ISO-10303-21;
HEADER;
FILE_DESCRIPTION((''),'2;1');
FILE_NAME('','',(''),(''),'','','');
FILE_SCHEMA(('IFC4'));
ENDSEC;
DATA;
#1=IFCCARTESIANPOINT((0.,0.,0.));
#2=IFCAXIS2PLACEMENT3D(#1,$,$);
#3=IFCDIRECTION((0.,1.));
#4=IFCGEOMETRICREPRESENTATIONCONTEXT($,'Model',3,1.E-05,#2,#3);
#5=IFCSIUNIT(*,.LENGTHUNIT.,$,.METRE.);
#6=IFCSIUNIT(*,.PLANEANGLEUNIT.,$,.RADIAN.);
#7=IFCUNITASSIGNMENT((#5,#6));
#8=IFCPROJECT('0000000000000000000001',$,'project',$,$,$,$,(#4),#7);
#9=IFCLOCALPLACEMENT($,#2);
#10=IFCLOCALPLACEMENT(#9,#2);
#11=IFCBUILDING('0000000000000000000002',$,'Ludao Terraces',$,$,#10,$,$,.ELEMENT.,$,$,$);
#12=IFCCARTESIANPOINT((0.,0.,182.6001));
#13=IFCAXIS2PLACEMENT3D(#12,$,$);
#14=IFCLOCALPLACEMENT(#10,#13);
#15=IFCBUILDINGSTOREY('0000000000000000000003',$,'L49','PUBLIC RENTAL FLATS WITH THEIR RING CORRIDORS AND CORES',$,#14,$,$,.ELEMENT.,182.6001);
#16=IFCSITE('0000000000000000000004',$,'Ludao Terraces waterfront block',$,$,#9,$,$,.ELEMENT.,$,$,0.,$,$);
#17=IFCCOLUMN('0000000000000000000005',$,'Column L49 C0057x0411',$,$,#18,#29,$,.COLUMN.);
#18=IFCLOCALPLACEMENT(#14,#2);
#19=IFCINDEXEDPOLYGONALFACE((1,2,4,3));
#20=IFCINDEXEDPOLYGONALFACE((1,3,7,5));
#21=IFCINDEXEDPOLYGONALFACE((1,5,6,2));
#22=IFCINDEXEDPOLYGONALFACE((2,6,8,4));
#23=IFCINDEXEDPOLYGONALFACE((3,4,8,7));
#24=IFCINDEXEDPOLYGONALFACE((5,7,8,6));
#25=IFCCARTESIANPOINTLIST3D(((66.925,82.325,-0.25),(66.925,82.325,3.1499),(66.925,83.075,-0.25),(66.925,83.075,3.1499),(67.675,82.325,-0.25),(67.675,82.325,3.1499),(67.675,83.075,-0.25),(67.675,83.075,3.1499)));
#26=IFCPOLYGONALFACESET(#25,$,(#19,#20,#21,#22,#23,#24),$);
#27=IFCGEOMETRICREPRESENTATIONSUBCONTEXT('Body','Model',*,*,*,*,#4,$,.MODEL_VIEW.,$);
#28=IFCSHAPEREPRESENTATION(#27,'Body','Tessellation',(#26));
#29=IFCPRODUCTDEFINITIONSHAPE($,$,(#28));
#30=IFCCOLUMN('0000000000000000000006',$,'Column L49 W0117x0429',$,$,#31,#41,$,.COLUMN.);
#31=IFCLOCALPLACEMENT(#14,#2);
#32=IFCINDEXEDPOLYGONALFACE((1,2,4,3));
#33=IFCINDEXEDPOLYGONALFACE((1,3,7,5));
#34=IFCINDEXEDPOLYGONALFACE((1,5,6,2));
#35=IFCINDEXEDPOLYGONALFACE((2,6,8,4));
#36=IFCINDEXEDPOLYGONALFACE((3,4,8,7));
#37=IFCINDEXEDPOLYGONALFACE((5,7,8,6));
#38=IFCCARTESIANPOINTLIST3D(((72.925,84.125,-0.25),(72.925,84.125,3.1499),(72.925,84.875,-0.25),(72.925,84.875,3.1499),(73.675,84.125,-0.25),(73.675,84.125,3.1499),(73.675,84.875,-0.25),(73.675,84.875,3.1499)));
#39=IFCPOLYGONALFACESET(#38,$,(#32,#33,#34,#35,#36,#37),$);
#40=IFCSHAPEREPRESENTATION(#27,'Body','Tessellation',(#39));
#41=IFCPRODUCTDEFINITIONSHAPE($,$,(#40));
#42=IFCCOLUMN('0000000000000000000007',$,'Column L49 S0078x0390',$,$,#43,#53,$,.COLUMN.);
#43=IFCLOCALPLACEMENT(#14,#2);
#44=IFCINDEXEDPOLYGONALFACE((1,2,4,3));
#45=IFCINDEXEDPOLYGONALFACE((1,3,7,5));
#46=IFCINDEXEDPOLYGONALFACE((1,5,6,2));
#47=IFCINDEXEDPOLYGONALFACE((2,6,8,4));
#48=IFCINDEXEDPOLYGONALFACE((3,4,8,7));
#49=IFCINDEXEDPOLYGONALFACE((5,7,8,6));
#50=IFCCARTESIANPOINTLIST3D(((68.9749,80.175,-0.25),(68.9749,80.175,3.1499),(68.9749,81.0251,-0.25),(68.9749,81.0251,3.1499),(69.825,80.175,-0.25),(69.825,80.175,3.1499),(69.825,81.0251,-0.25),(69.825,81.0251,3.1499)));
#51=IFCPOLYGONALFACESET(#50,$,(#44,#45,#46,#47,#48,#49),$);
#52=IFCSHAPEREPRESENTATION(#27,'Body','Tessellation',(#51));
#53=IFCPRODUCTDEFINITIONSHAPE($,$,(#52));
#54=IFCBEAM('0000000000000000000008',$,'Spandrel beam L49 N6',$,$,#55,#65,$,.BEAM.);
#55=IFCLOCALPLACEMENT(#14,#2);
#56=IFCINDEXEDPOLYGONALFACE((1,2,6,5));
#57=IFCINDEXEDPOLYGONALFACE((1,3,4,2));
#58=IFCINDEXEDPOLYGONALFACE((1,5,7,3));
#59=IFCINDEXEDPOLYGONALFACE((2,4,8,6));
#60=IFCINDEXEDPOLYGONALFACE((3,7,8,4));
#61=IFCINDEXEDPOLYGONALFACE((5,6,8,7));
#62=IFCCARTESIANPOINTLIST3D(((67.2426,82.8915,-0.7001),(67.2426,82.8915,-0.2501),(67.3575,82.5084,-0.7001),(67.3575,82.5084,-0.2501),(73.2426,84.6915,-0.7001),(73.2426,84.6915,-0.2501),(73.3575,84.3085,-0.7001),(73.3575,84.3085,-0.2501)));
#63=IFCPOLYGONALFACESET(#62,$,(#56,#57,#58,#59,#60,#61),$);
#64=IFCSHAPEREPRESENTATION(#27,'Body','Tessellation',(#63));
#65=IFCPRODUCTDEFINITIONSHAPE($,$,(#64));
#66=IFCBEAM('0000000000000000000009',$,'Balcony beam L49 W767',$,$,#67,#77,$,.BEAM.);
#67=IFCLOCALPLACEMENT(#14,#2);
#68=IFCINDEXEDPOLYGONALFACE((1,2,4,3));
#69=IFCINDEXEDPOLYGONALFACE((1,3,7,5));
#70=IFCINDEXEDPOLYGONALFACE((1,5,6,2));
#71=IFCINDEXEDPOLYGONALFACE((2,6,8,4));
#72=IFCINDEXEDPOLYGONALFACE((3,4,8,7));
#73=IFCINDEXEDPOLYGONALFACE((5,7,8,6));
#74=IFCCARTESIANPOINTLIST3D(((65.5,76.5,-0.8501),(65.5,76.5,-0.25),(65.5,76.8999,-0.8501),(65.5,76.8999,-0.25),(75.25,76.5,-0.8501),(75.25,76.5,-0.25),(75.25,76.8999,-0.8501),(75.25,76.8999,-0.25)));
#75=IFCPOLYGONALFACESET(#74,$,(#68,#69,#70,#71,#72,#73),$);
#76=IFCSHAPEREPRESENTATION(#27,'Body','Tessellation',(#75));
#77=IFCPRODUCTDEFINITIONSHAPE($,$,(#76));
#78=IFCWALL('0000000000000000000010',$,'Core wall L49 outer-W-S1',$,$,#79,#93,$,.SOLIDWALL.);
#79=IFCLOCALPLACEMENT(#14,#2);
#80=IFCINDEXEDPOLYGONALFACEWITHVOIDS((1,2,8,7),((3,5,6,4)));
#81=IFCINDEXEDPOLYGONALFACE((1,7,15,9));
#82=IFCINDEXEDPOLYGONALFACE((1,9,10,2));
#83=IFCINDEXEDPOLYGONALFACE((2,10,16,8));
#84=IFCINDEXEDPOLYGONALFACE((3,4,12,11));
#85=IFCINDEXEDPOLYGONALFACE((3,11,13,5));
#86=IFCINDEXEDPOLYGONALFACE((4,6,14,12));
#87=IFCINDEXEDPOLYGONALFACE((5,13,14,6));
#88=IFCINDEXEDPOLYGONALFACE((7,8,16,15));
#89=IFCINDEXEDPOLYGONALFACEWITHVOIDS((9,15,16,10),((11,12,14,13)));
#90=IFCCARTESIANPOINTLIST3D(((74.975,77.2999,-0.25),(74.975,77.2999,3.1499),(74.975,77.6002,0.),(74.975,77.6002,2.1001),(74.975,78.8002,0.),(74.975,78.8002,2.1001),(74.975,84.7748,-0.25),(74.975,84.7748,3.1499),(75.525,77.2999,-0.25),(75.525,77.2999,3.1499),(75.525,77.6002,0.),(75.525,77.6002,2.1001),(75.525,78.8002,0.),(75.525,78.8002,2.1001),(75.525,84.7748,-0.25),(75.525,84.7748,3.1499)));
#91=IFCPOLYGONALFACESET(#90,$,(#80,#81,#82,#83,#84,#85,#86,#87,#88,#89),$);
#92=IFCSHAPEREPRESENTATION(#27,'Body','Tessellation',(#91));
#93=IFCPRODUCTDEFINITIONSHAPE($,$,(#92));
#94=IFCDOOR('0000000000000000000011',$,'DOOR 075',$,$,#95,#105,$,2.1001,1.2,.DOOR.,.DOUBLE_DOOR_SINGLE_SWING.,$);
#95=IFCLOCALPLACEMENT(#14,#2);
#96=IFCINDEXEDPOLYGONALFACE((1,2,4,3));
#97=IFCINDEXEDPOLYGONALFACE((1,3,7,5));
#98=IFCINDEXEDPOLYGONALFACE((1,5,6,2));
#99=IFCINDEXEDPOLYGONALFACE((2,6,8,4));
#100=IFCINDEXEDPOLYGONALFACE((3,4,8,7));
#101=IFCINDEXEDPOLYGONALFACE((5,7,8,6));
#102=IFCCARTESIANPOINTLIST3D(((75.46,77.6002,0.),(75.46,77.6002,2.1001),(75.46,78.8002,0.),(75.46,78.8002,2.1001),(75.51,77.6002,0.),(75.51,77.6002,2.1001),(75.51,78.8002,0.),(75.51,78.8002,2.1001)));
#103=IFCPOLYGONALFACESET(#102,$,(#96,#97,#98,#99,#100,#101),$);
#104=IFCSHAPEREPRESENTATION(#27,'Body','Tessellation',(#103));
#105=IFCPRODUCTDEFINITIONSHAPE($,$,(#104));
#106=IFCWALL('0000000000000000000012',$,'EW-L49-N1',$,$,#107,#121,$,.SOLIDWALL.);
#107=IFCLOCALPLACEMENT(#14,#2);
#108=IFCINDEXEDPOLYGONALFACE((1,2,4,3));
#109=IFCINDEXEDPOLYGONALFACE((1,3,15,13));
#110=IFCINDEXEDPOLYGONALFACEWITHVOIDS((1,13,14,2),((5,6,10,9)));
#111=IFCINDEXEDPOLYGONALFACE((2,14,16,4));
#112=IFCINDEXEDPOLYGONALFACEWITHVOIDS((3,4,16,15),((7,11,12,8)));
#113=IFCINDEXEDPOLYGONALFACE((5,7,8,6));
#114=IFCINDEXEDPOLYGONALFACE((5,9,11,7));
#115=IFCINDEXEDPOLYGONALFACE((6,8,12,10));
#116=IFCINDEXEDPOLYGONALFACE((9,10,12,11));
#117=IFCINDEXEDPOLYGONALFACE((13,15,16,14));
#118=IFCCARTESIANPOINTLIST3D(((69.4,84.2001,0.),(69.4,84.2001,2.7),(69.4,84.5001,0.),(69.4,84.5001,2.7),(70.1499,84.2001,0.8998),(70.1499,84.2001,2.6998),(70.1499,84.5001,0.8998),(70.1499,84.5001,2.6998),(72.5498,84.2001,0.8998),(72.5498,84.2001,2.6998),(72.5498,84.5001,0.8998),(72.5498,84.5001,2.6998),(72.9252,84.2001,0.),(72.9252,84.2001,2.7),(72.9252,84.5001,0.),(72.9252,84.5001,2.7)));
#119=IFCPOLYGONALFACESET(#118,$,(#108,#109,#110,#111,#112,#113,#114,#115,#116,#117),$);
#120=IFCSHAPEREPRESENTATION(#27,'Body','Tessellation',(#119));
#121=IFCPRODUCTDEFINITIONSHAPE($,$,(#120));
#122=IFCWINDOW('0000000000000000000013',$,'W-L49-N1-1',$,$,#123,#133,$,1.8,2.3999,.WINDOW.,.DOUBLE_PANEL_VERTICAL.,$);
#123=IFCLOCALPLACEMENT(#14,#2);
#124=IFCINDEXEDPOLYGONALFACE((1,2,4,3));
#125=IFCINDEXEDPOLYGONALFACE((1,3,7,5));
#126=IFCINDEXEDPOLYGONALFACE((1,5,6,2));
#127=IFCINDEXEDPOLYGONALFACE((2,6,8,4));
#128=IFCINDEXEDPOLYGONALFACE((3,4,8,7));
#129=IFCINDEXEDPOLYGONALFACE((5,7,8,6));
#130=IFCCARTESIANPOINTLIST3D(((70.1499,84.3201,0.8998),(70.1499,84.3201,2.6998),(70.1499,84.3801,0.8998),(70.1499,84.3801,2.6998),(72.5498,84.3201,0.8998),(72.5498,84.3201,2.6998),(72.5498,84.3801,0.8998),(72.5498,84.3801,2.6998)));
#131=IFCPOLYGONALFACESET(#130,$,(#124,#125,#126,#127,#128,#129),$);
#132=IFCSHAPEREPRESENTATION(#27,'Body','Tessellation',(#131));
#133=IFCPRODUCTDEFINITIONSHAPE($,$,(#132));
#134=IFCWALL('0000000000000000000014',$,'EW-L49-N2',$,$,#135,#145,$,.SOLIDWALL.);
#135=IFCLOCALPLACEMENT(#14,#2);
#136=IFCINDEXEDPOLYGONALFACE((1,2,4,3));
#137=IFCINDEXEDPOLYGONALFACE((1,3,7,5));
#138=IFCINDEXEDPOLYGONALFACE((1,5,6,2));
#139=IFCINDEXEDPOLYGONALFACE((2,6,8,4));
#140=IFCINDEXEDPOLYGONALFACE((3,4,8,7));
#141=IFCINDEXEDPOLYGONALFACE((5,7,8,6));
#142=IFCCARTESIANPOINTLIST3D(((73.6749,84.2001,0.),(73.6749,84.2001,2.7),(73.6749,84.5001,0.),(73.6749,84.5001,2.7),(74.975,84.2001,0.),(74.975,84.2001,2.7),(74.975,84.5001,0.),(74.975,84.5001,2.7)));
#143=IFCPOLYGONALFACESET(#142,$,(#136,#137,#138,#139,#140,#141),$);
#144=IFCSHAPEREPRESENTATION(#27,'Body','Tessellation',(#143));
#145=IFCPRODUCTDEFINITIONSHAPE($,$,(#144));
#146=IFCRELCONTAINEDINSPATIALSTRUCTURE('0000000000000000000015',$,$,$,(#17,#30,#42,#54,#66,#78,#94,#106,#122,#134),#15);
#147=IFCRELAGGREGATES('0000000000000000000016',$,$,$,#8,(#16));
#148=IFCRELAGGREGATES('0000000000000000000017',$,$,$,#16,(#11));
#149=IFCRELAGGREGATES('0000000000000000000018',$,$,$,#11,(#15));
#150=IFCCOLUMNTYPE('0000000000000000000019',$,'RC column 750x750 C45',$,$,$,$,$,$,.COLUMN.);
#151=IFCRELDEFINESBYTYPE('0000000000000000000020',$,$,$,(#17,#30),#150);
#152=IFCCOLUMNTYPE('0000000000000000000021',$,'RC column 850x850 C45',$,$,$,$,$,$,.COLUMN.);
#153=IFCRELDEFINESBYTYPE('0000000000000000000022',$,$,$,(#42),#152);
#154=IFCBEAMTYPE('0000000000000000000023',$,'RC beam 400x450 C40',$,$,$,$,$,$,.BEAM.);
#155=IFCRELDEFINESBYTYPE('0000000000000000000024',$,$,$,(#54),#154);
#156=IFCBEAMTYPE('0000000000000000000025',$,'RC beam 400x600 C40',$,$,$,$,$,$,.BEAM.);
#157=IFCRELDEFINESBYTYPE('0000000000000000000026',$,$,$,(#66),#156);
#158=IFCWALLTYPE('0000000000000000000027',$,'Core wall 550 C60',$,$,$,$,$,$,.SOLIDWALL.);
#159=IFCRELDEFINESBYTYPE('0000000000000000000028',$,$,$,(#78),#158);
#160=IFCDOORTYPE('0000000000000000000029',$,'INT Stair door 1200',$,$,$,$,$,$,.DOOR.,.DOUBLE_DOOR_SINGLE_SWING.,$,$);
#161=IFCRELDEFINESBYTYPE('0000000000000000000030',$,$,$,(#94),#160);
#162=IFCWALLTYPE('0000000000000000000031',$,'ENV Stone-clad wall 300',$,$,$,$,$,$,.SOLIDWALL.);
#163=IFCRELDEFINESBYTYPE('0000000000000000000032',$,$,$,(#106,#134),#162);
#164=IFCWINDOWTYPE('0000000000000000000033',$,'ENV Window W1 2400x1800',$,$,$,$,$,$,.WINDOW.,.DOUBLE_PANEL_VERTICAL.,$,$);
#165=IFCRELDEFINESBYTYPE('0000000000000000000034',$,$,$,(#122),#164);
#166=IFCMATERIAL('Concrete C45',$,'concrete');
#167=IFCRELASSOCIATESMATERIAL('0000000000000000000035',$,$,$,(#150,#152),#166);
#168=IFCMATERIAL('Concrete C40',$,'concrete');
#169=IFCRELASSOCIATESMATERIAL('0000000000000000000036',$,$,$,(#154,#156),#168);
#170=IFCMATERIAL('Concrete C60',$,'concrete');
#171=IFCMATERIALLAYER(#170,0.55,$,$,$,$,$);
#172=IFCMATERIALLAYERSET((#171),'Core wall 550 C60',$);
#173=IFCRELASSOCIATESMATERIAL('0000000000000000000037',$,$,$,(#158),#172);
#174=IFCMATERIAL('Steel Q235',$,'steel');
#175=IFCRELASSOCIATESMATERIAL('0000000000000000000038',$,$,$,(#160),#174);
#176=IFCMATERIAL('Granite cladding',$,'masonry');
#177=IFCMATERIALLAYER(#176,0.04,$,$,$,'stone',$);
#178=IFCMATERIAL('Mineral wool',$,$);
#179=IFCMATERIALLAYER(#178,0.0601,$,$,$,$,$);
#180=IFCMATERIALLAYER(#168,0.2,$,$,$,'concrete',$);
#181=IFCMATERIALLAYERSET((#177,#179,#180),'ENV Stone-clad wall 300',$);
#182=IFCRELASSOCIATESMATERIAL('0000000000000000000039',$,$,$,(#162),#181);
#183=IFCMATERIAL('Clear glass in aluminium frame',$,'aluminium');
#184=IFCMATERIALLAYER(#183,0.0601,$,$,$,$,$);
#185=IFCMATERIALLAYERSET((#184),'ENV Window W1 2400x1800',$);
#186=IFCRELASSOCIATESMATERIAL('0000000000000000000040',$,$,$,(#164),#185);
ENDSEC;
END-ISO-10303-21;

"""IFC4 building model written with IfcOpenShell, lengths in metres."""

from ifc_helpers import new_model, si_unit, direction, frame, frame_2d, origin, origin_2d, place, context, subcontext, project, spatial, rectangle, extrude, material, layer, layer_set, material_profile, profile_set, type_object, element, fill, save


model = new_model("IFC4")

# Units and contexts
model_context = context("Model", 3, precision=1e-05, world=origin(), true_north=direction((0.0, 1.0)))
body_context = subcontext(model_context, "Body", "Model", "MODEL_VIEW")
ifc_project = project(units=[si_unit("LENGTHUNIT", "METRE"), si_unit("PLANEANGLEUNIT", "RADIAN")], contexts=[model_context])

# Site, building, storey
site_placement = place(None, origin())
site = spatial("IfcSite", under=ifc_project, at=site_placement, Name="Ludao Terraces waterfront block", CompositionType="ELEMENT", RefElevation=0.0)
building_placement = place(site_placement, origin())
building = spatial("IfcBuilding", under=site, at=building_placement, Name="Ludao Terraces", CompositionType="ELEMENT")
storey_placement = place(building_placement, frame((0.0, 0.0, 182.6001)))
storey = spatial("IfcBuildingStorey", under=building, at=storey_placement, Name="L49", Description="PUBLIC RENTAL FLATS WITH THEIR RING CORRIDORS AND CORES", CompositionType="ELEMENT", Elevation=182.6001)

# Columns
ifc_material_1 = material(Name="Concrete C45", Category="concrete")
ifc_material_profile_1 = material_profile(ifc_material_1, rectangle(XDim=0.75, YDim=0.75, at=origin_2d()), Name="750 X 750")
ifc_profile_set_1 = profile_set([ifc_material_profile_1], Name="Concrete C45")
column_type_1 = type_object("IfcColumnType", Name="RC column 750x750 C45", PredefinedType="COLUMN", material=ifc_profile_set_1)
for number, where, z_axis, x_axis, name in (
    (1, (67.3, 82.7, -0.25), (0.0, 0.0, 1.0), (1.0, 0.0, 0.0), "Column L49 C0057x0411"),
    (2, (73.3, 84.5, -0.25), (0.0, 0.0, 1.0), (1.0, 0.0, 0.0), "Column L49 W0117x0429"),
):
    element("IfcColumn", number, at=place(storey_placement, frame(where, z_axis=z_axis, x_axis=x_axis)), inside=storey, type_object=column_type_1, Name=name, PredefinedType="COLUMN", context=body_context, shape_type="SweptSolid", body=[
        extrude(rectangle(XDim=0.75, YDim=0.75, at=origin_2d()), origin(), (0.0, 0.0, 1.0), 3.3999),
    ])
ifc_material_profile_2 = material_profile(ifc_material_1, rectangle(XDim=0.8501, YDim=0.8501, at=origin_2d()), Name="850 X 850")
ifc_profile_set_2 = profile_set([ifc_material_profile_2], Name="Concrete C45")
column_type_2 = type_object("IfcColumnType", Name="RC column 850x850 C45", PredefinedType="COLUMN", material=ifc_profile_set_2)
column_placement = place(storey_placement, frame((69.3999, 80.6001, -0.25), z_axis=(0.0, 0.0, 1.0), x_axis=(1.0, 0.0, 0.0)))
element("IfcColumn", 3, at=column_placement, inside=storey, type_object=column_type_2, Name="Column L49 S0078x0390", PredefinedType="COLUMN", context=body_context, shape_type="SweptSolid", body=[
    extrude(rectangle(XDim=0.8501, YDim=0.8501, at=origin_2d()), origin(), (0.0, 0.0, 1.0), 3.3999),
])

# Beams
ifc_material_2 = material(Name="Concrete C40", Category="concrete")
ifc_material_profile_3 = material_profile(ifc_material_2, rectangle(XDim=0.3999, YDim=0.45, at=origin_2d()), Name="400 X 450")
ifc_profile_set_3 = profile_set([ifc_material_profile_3], Name="Concrete C40")
beam_type_1 = type_object("IfcBeamType", Name="RC beam 400x450 C40", PredefinedType="BEAM", material=ifc_profile_set_3)
beam_1_placement = place(storey_placement, frame((67.3, 82.7, -0.4751), z_axis=(0.957824, 0.287355, 0.0), x_axis=(-0.287355, 0.957824, 0.0)))
element("IfcBeam", 4, at=beam_1_placement, inside=storey, type_object=beam_type_1, Name="Spandrel beam L49 N6", PredefinedType="BEAM", context=body_context, shape_type="SweptSolid", body=[
    extrude(rectangle(XDim=0.3999, YDim=0.45, at=origin_2d()), origin(), (0.0, 0.0, 1.0), 6.2642),
])
ifc_material_profile_4 = material_profile(ifc_material_2, rectangle(XDim=0.3999, YDim=0.6001, at=origin_2d()), Name="400 X 600")
ifc_profile_set_4 = profile_set([ifc_material_profile_4], Name="Concrete C40")
beam_type_2 = type_object("IfcBeamType", Name="RC beam 400x600 C40", PredefinedType="BEAM", material=ifc_profile_set_4)
beam_2_placement = place(storey_placement, frame((75.25, 76.7, -0.55), z_axis=(-1.0, 0.0, 0.0), x_axis=(0.0, -1.0, 0.0)))
element("IfcBeam", 5, at=beam_2_placement, inside=storey, type_object=beam_type_2, Name="Balcony beam L49 W767", PredefinedType="BEAM", context=body_context, shape_type="SweptSolid", body=[
    extrude(rectangle(XDim=0.3999, YDim=0.6001, at=origin_2d()), origin(), (0.0, 0.0, 1.0), 9.75),
])

# Wall, opening, door
ifc_material_3 = material(Name="Concrete C60", Category="concrete")
ifc_layer_1 = layer(ifc_material_3, 0.55)
ifc_layer_set_1 = layer_set([ifc_layer_1], Name="Core wall 550 C60")
wall_type_1 = type_object("IfcWallType", Name="Core wall 550 C60", PredefinedType="SOLIDWALL", material=ifc_layer_set_1)
wall_1_placement = place(storey_placement, frame((75.25, 77.3, -0.25), z_axis=(0.0, 0.0, 1.0), x_axis=(0.0, 1.0, 0.0)))
wall_1 = element("IfcWall", 6, at=wall_1_placement, inside=storey, type_object=wall_type_1, Name="Core wall L49 outer-W-S1", PredefinedType="SOLIDWALL", context=body_context, shape_type="SweptSolid", body=[
    extrude(rectangle(XDim=7.4749, YDim=0.55, at=frame_2d((3.7373, 0.0))), origin(), (0.0, 0.0, 1.0), 3.3999),
])
opening_1_placement = place(wall_1_placement, frame((0.3, 0.0, 0.25)))
opening_1 = element("IfcOpeningElement", 7, at=opening_1_placement, cuts=wall_1, PredefinedType="OPENING", context=body_context, shape_type="SweptSolid", body=[
    extrude(rectangle(XDim=1.2, YDim=2.1001, at=frame_2d((0.6001, 1.05))), frame((0.0, 0.2852, 0.0), z_axis=(0.0, -1.0, 0.0), x_axis=(1.0, 0.0, 0.0)), (0.0, 0.0, 1.0), 0.5701),
])
ifc_material_4 = material(Name="Steel Q235", Category="steel")
door_type_1 = type_object("IfcDoorType", Name="INT Stair door 1200", OperationType="DOUBLE_DOOR_SINGLE_SWING", PredefinedType="DOOR", material=ifc_material_4)
door_1_placement = place(opening_1_placement, origin())
door_1 = element("IfcDoor", 8, at=door_1_placement, inside=storey, type_object=door_type_1, Name="DOOR 075", OperationType="DOUBLE_DOOR_SINGLE_SWING", OverallHeight=2.1001, OverallWidth=1.2, PredefinedType="DOOR", context=body_context, shape_type="SweptSolid", body=[
    extrude(rectangle(XDim=1.2, YDim=2.1001, at=frame_2d((0.6001, 1.05))), frame((0.0, -0.21, 0.0), z_axis=(0.0, -1.0, 0.0), x_axis=(1.0, 0.0, 0.0)), (0.0, 0.0, 1.0), 0.05),
])
fill(opening_1, door_1)

# Wall, opening, window
ifc_material_5 = material(Name="Granite cladding", Category="masonry")
ifc_layer_2 = layer(ifc_material_5, 0.04, Category="stone")
ifc_material_6 = material(Name="Mineral wool")
ifc_layer_3 = layer(ifc_material_6, 0.0601)
ifc_layer_4 = layer(ifc_material_2, 0.2, Category="concrete")
ifc_layer_set_2 = layer_set([ifc_layer_2, ifc_layer_3, ifc_layer_4], Name="ENV Stone-clad wall 300")
wall_type_2 = type_object("IfcWallType", Name="ENV Stone-clad wall 300", PredefinedType="SOLIDWALL", material=ifc_layer_set_2)
wall_2_placement = place(storey_placement, frame((69.3999, 84.3501, 0.0), z_axis=(0.0, 0.0, 1.0), x_axis=(1.0, 0.0, 0.0)))
wall_2 = element("IfcWall", 9, at=wall_2_placement, inside=storey, type_object=wall_type_2, Name="EW-L49-N1", PredefinedType="SOLIDWALL", context=body_context, shape_type="SweptSolid", body=[
    extrude(rectangle(XDim=3.5251, YDim=0.3, at=frame_2d((1.7627, 0.0))), origin(), (0.0, 0.0, 1.0), 2.7),
])
opening_2_placement = place(wall_2_placement, frame((0.75, 0.0, 0.8999)))
opening_2 = element("IfcOpeningElement", 10, at=opening_2_placement, cuts=wall_2, PredefinedType="OPENING", context=body_context, shape_type="SweptSolid", body=[
    extrude(rectangle(XDim=2.3999, YDim=1.8, at=frame_2d((1.2, 0.8999))), frame((0.0, 0.1602, 0.0), z_axis=(0.0, -1.0, 0.0), x_axis=(1.0, 0.0, 0.0)), (0.0, 0.0, 1.0), 0.3201),
])
ifc_material_7 = material(Name="Clear glass in aluminium frame", Category="aluminium")
ifc_layer_5 = layer(ifc_material_7, 0.0601)
ifc_layer_set_3 = layer_set([ifc_layer_5], Name="ENV Window W1 2400x1800")
window_type_1 = type_object("IfcWindowType", Name="ENV Window W1 2400x1800", PartitioningType="DOUBLE_PANEL_VERTICAL", PredefinedType="WINDOW", material=ifc_layer_set_3)
window_1_placement = place(opening_2_placement, origin())
window_1 = element("IfcWindow", 11, at=window_1_placement, inside=storey, type_object=window_type_1, Name="W-L49-N1-1", OverallHeight=1.8, OverallWidth=2.3999, PartitioningType="DOUBLE_PANEL_VERTICAL", PredefinedType="WINDOW", context=body_context, shape_type="SweptSolid", body=[
    extrude(rectangle(XDim=2.3999, YDim=1.8, at=frame_2d((1.2, 0.8999))), frame((0.0, 0.03, 0.0), z_axis=(0.0, -1.0, 0.0), x_axis=(1.0, 0.0, 0.0)), (0.0, 0.0, 1.0), 0.0601),
])
fill(opening_2, window_1)

# Wall
wall_3_placement = place(storey_placement, frame((73.675, 84.3501, 0.0), z_axis=(0.0, 0.0, 1.0), x_axis=(1.0, 0.0, 0.0)))
element("IfcWall", 12, at=wall_3_placement, inside=storey, type_object=wall_type_2, Name="EW-L49-N2", PredefinedType="SOLIDWALL", context=body_context, shape_type="SweptSolid", body=[
    extrude(rectangle(XDim=1.3, YDim=0.3, at=frame_2d((0.6499, 0.0))), origin(), (0.0, 0.0, 1.0), 2.7),
])

save(model, "model.ifc")
